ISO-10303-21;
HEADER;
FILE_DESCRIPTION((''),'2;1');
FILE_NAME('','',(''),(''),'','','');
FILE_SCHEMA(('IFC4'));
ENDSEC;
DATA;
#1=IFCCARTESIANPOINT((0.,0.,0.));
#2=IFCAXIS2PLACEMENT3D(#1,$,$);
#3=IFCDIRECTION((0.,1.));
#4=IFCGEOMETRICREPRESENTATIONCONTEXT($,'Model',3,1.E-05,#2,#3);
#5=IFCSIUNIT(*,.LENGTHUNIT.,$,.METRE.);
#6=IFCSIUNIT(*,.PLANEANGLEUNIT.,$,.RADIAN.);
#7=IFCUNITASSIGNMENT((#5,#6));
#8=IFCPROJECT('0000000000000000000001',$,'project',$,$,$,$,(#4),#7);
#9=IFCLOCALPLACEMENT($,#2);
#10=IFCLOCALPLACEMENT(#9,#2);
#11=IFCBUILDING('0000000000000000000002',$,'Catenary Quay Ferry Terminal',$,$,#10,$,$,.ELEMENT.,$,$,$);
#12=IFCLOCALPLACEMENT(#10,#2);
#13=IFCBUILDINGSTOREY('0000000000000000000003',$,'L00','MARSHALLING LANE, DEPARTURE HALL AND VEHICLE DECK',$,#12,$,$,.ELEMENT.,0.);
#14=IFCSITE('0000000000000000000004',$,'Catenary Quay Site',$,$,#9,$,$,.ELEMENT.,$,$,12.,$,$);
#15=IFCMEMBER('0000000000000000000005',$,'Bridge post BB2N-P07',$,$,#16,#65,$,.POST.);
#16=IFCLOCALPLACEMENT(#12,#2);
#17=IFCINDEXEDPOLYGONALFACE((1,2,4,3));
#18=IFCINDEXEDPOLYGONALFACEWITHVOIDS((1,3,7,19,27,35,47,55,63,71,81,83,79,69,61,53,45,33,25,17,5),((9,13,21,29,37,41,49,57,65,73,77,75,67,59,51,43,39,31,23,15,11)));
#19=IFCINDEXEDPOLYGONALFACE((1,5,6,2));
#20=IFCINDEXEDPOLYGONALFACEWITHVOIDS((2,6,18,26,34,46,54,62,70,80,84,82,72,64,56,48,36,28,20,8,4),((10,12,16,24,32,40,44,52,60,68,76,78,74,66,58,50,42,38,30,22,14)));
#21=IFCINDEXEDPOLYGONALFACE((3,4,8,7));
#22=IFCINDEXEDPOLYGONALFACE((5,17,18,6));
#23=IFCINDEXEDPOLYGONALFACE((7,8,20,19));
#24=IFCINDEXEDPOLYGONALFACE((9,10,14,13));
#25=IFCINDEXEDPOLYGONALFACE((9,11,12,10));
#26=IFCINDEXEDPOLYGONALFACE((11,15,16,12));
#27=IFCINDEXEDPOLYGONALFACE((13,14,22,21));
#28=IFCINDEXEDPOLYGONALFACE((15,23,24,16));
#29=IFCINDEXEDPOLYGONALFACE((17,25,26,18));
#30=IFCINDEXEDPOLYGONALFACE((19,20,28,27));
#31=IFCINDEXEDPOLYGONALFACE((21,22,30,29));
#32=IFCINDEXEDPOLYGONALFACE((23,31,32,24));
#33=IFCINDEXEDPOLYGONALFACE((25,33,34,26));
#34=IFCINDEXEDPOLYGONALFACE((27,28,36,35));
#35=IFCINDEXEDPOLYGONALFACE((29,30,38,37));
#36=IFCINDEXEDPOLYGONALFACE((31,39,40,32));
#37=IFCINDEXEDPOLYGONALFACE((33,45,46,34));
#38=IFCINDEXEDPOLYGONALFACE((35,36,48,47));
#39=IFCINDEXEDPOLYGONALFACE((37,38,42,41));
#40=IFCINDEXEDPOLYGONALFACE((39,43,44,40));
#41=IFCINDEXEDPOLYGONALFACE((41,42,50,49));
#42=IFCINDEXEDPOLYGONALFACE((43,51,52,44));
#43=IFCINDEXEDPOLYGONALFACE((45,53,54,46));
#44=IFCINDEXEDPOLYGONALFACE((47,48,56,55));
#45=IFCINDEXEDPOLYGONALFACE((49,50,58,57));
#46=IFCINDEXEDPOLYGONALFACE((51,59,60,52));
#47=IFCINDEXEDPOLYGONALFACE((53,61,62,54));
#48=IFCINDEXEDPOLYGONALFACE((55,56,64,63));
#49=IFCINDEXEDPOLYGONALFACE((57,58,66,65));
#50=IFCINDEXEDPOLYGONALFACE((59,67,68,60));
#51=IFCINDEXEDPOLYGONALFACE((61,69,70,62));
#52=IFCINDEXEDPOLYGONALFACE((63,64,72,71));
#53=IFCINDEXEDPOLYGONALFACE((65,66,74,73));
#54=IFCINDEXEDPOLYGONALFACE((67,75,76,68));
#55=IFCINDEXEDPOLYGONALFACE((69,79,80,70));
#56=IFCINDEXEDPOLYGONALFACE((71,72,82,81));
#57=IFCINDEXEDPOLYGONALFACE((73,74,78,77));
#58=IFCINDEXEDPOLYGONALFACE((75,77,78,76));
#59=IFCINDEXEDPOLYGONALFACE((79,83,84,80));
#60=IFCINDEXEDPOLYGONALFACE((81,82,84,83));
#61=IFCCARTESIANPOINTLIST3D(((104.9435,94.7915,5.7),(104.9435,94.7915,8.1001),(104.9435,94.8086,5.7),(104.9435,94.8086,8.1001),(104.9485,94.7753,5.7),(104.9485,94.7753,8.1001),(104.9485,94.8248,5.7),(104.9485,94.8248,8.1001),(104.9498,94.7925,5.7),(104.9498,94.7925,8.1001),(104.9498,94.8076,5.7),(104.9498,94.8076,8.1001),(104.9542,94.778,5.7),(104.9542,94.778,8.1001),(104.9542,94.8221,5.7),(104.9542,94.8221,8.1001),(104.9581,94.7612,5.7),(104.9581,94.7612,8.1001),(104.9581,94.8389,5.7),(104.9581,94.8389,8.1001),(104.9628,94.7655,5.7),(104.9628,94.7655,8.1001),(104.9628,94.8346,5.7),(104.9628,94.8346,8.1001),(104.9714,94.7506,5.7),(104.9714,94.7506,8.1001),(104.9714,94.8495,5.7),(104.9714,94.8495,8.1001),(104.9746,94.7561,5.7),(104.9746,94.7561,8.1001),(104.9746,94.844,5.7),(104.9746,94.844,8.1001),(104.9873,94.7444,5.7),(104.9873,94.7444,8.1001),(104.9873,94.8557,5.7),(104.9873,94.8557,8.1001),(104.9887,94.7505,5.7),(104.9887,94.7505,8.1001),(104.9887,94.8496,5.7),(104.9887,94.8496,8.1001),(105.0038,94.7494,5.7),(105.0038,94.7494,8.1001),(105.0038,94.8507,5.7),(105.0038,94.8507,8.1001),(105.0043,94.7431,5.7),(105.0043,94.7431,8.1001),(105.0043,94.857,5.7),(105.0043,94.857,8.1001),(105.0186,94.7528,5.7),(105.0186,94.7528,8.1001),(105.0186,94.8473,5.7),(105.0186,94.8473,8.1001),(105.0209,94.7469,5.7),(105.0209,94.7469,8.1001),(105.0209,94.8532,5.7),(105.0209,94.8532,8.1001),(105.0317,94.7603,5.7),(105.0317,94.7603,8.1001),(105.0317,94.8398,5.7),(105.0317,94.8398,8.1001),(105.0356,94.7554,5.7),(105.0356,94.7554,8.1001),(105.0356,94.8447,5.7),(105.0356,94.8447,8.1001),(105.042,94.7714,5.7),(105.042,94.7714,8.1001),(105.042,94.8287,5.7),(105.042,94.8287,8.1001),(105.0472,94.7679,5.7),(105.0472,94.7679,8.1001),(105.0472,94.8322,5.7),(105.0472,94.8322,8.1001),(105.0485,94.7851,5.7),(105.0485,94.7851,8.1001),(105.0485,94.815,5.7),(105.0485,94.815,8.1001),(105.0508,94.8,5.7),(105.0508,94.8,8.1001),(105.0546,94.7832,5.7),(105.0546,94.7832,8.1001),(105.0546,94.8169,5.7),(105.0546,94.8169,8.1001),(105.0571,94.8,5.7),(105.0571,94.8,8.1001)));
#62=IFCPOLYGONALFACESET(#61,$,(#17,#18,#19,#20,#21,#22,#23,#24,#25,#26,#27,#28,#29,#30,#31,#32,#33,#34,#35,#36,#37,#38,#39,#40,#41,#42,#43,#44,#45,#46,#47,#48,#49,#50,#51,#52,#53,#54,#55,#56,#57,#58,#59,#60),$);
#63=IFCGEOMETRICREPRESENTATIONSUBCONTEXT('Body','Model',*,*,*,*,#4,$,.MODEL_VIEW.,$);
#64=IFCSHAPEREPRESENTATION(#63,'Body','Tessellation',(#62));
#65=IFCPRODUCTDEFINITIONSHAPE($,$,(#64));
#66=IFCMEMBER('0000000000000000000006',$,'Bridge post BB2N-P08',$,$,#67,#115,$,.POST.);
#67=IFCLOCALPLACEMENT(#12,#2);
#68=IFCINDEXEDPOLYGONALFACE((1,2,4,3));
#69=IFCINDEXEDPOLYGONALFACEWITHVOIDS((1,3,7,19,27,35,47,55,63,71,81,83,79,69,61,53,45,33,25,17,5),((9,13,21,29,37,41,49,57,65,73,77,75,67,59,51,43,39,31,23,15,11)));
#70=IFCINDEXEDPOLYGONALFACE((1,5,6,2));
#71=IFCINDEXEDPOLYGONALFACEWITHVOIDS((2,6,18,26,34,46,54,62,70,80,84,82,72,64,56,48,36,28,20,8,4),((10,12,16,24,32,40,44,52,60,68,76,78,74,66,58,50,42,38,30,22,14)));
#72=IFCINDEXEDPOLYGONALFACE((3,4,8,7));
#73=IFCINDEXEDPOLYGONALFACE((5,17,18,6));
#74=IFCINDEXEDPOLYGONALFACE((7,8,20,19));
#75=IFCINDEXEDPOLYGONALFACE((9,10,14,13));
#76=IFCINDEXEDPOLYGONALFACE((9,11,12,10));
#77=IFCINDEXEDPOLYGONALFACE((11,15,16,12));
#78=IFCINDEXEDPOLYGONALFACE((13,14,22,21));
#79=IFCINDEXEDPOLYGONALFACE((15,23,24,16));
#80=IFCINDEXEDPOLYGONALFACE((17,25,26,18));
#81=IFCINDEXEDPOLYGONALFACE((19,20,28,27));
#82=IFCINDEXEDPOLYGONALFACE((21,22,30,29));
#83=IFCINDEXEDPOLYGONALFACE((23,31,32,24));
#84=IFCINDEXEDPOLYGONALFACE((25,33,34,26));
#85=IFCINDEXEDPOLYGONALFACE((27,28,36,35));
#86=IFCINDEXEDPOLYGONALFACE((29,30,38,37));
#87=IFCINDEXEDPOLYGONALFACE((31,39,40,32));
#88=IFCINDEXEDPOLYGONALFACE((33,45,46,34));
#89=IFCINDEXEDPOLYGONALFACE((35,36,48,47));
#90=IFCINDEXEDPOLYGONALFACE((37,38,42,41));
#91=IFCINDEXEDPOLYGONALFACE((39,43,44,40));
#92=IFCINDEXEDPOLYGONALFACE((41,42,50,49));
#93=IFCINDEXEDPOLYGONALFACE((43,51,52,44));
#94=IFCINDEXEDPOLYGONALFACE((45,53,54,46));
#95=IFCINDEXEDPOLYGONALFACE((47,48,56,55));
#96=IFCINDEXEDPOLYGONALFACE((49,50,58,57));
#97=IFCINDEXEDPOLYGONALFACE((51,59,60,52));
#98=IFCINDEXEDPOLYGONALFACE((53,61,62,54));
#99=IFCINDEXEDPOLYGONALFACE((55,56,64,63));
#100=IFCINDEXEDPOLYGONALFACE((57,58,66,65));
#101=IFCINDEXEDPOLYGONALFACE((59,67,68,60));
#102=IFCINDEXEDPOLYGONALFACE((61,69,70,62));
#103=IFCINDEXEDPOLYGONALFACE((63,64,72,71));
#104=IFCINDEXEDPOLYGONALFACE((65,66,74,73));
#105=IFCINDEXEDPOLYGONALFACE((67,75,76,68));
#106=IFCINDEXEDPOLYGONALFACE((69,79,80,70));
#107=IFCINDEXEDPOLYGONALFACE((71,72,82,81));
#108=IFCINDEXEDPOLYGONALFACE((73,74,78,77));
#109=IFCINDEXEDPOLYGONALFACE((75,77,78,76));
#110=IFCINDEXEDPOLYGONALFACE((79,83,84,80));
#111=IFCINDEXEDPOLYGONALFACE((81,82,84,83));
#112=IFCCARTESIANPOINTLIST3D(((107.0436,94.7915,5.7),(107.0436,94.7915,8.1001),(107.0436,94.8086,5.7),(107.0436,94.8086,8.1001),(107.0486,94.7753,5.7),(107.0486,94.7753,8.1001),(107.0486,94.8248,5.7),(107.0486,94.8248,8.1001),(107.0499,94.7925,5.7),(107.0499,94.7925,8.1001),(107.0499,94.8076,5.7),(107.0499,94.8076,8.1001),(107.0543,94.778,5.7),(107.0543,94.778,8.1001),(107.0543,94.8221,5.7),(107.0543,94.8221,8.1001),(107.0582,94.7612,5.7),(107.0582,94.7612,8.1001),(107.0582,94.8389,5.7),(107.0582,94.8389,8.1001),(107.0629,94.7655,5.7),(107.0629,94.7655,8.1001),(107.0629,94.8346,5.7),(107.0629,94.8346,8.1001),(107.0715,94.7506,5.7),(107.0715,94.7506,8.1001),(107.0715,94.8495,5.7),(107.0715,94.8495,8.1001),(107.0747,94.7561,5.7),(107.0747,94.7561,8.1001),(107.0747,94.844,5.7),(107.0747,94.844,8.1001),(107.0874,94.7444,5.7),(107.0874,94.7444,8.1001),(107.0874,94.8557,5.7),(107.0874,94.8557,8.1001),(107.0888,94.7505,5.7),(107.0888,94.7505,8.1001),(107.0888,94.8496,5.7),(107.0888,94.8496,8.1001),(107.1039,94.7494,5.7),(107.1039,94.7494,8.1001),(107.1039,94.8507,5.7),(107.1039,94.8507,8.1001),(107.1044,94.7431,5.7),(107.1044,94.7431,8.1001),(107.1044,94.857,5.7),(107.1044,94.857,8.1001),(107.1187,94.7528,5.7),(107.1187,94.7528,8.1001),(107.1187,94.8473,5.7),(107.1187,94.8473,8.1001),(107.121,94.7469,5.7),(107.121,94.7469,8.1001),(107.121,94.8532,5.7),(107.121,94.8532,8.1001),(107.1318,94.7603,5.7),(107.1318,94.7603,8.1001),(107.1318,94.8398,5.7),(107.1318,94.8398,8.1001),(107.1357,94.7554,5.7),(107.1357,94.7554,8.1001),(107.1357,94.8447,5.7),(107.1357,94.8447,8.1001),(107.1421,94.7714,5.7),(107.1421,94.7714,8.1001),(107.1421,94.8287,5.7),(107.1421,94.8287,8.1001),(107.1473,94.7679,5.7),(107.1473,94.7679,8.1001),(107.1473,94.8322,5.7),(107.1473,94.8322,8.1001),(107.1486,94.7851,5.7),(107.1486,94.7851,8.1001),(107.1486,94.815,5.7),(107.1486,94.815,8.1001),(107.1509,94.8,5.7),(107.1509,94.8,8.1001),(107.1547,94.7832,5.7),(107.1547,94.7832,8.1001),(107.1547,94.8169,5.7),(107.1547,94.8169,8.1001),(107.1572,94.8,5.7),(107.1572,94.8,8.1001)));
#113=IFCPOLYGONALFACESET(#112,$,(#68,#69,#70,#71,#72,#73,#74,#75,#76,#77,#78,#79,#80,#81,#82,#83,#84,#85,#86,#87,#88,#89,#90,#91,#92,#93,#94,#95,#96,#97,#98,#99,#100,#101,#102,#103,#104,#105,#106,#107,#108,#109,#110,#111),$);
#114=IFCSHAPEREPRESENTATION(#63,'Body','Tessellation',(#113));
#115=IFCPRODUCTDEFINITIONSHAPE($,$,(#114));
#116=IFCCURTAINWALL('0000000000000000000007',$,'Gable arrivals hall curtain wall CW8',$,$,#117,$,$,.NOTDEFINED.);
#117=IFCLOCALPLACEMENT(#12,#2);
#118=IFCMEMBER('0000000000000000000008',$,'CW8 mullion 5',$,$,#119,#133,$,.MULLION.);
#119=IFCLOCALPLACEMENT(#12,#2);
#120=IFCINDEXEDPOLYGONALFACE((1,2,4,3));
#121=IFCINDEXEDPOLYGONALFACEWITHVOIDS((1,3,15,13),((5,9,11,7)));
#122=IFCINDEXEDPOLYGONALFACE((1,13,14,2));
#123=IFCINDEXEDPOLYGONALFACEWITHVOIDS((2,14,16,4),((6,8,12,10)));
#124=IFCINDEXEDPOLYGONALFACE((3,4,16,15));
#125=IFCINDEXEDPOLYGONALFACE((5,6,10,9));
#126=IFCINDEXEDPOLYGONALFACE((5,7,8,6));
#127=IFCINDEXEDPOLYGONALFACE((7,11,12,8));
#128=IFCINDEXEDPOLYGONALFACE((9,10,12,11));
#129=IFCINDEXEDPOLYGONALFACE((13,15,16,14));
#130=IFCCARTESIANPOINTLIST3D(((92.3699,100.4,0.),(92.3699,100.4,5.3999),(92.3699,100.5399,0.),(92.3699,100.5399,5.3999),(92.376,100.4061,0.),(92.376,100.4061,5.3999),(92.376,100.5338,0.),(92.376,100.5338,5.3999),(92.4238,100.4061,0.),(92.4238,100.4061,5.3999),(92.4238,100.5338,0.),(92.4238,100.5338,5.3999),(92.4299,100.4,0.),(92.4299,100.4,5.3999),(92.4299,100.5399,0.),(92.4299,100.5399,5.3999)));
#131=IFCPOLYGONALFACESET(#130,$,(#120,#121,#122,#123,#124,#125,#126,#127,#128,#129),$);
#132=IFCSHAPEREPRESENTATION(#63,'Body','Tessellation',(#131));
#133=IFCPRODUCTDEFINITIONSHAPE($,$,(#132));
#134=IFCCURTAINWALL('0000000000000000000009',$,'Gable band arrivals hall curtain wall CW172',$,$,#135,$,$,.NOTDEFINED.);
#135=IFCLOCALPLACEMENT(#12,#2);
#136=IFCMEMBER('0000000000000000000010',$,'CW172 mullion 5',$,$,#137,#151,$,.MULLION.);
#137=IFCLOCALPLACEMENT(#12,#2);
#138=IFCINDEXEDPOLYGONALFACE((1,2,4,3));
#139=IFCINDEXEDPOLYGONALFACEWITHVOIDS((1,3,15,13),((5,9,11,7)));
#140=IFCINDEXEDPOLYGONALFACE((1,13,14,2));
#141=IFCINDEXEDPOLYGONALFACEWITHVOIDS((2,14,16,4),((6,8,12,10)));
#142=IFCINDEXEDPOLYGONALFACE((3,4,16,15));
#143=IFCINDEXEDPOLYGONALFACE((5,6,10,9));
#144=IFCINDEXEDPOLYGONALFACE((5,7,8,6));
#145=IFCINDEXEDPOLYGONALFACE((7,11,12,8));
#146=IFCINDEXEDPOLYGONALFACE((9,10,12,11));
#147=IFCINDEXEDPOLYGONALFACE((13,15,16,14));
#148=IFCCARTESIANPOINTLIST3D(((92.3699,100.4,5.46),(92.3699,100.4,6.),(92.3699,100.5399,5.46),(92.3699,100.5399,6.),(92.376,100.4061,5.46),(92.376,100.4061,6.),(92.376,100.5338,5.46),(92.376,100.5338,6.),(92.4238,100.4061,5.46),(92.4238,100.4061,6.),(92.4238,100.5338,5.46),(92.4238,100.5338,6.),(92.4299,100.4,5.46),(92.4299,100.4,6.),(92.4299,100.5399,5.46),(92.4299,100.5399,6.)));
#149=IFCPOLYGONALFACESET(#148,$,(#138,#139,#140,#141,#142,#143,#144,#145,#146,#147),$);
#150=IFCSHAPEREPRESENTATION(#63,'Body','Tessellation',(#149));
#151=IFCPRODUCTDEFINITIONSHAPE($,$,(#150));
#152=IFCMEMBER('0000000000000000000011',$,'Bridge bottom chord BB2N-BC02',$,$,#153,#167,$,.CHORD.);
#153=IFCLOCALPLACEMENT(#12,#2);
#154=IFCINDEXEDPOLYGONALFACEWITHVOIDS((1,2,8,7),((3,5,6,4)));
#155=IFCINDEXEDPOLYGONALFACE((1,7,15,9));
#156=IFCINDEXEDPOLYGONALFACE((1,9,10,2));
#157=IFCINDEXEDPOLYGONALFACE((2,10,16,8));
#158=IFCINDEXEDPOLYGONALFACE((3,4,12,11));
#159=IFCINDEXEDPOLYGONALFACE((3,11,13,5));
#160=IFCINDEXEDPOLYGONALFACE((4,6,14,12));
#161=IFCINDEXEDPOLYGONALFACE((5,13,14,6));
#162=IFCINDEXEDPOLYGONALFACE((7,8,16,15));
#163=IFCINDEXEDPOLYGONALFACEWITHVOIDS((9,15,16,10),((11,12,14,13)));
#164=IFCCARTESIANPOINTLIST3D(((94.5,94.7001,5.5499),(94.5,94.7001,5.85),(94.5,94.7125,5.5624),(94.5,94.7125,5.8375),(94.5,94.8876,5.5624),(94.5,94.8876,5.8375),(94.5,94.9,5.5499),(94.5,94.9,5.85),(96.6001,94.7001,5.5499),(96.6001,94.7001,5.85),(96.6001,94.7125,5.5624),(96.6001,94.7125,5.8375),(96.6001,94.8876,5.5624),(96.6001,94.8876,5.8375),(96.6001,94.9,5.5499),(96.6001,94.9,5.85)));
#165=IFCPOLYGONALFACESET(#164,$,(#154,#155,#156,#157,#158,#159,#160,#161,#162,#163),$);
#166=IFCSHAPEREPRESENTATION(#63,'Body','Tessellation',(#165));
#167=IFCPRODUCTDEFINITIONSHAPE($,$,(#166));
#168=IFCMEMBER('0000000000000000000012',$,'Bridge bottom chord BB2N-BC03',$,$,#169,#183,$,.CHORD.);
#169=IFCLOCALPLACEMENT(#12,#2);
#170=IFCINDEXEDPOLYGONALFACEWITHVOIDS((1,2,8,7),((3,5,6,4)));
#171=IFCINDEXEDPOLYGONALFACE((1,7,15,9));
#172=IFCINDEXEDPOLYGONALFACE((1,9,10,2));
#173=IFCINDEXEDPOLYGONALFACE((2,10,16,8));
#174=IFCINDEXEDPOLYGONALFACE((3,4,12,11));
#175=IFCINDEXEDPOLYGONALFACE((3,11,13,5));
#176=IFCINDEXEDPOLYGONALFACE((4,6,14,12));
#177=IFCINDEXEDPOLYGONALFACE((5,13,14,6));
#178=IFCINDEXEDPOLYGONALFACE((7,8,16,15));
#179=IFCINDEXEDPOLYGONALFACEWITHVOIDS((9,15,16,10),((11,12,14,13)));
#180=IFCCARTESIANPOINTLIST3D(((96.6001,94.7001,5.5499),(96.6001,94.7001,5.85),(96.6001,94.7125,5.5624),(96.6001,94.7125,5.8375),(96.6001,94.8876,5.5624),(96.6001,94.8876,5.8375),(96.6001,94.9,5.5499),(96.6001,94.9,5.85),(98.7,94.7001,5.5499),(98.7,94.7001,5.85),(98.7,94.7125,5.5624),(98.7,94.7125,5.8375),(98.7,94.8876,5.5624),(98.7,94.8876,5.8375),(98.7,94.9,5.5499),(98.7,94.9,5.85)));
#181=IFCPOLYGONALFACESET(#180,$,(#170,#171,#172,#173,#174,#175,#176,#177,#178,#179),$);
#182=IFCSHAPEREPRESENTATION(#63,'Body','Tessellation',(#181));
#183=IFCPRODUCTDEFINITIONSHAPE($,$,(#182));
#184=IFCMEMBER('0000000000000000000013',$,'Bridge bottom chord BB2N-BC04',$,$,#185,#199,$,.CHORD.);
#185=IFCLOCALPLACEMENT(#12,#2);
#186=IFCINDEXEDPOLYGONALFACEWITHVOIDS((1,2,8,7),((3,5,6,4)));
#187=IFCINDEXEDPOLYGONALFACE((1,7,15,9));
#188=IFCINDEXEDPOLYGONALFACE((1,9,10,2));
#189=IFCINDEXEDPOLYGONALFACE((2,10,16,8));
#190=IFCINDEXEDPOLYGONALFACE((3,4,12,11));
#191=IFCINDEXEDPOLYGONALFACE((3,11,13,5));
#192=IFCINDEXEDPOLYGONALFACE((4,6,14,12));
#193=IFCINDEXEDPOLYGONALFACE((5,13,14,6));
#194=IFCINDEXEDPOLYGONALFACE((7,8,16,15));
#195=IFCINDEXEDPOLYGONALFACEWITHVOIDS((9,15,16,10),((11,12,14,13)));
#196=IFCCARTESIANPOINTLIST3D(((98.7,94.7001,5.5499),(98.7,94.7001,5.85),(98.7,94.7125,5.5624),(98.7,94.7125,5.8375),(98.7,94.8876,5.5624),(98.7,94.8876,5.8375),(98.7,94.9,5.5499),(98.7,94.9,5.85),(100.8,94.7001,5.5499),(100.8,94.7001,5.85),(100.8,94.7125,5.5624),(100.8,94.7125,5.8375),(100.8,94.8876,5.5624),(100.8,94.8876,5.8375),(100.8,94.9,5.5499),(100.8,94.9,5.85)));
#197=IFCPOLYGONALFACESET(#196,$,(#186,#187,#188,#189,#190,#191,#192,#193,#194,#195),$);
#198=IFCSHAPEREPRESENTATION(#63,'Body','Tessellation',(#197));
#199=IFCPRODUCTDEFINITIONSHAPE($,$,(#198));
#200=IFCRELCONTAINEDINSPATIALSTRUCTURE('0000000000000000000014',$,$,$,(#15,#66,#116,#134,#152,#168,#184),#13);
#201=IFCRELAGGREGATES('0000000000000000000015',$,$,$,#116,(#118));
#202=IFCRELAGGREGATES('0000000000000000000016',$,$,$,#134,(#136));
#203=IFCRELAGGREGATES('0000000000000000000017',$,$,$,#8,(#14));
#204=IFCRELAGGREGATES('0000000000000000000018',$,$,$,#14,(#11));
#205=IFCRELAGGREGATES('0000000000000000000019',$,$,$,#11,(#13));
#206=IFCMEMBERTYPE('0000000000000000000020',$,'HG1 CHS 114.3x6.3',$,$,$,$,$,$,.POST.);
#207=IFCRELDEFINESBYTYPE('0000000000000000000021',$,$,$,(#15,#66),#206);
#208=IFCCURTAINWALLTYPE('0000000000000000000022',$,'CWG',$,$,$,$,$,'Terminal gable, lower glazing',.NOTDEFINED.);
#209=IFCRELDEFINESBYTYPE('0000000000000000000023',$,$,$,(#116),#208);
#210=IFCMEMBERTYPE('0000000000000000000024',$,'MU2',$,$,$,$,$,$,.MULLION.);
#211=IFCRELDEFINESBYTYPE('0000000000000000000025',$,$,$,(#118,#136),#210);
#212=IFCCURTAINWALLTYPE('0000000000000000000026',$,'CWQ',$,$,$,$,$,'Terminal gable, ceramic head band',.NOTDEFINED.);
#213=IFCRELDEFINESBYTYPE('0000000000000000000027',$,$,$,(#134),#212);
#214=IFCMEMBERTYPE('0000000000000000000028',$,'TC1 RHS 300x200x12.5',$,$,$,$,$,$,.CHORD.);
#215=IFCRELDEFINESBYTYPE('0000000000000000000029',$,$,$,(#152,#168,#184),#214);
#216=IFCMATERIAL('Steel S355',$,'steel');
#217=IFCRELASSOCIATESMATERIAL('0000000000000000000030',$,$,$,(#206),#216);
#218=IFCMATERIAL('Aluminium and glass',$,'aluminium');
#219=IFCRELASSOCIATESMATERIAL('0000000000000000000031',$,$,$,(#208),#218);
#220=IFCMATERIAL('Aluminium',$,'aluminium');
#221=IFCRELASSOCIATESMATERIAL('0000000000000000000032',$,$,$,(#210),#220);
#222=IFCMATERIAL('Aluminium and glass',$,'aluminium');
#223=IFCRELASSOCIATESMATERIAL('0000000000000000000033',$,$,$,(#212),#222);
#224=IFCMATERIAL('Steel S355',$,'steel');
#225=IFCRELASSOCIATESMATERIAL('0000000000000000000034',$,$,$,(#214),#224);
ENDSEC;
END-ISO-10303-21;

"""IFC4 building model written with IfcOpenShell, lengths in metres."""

from ifc_helpers import new_model, si_unit, direction, frame, origin, origin_2d, place, context, subcontext, project, spatial, hollow_rectangle, hollow_circle, extrude, material, material_profile, profile_set, type_object, element, aggregate, save


model = new_model("IFC4")

# Units and contexts
model_context = context("Model", 3, precision=1e-05, world=origin(), true_north=direction((0.0, 1.0)))
body_context = subcontext(model_context, "Body", "Model", "MODEL_VIEW")
ifc_project = project(units=[si_unit("LENGTHUNIT", "METRE"), si_unit("PLANEANGLEUNIT", "RADIAN")], contexts=[model_context])

# Site, building, storey
site_placement = place(None, origin())
site = spatial("IfcSite", under=ifc_project, at=site_placement, Name="Catenary Quay Site", CompositionType="ELEMENT", RefElevation=12.0)
building_placement = place(site_placement, origin())
building = spatial("IfcBuilding", under=site, at=building_placement, Name="Catenary Quay Ferry Terminal", CompositionType="ELEMENT")
storey_placement = place(building_placement, origin())
storey = spatial("IfcBuildingStorey", under=building, at=storey_placement, Name="L00", Description="MARSHALLING LANE, DEPARTURE HALL AND VEHICLE DECK", CompositionType="ELEMENT", Elevation=0.0)

# Members
ifc_material_1 = material(Name="Steel S355", Category="steel")
ifc_material_profile_1 = material_profile(ifc_material_1, hollow_circle(Radius=0.0571, WallThickness=0.0063, at=origin_2d()), Name="CHS 114.3x6.3")
ifc_profile_set_1 = profile_set([ifc_material_profile_1], Name="Steel S355")
member_type_1 = type_object("IfcMemberType", Name="HG1 CHS 114.3x6.3", PredefinedType="POST", material=ifc_profile_set_1)
for number, where, z_axis, x_axis, name in (
    (1, (105.0, 94.8, 5.7), (0.0, 0.0, 1.0), (1.0, 0.0, 0.0), "Bridge post BB2N-P07"),
    (2, (107.1001, 94.8, 5.7), (0.0, 0.0, 1.0), (1.0, 0.0, 0.0), "Bridge post BB2N-P08"),
):
    element("IfcMember", number, at=place(storey_placement, frame(where, z_axis=z_axis, x_axis=x_axis)), inside=storey, type_object=member_type_1, Name=name, PredefinedType="POST", context=body_context, shape_type="SweptSolid", body=[
        extrude(hollow_circle(Radius=0.0571, WallThickness=0.0063, at=origin_2d()), origin(), (0.0, 0.0, 1.0), 2.4001),
    ])

# Curtain walls, members
ifc_material_2 = material(Name="Aluminium and glass", Category="aluminium")
curtain_wall_type_1 = type_object("IfcCurtainWallType", Name="CWG", ElementType="Terminal gable, lower glazing", PredefinedType="NOTDEFINED", material=ifc_material_2)
curtain_wall_1_placement = place(storey_placement, origin())
curtain_wall_1 = element("IfcCurtainWall", 3, at=curtain_wall_1_placement, inside=storey, type_object=curtain_wall_type_1, Name="Gable arrivals hall curtain wall CW8", PredefinedType="NOTDEFINED")
ifc_material_3 = material(Name="Aluminium", Category="aluminium")
ifc_material_profile_2 = material_profile(ifc_material_3, hollow_rectangle(XDim=0.0601, YDim=0.1399, WallThickness=0.0061, at=origin_2d()), Name="MU2")
ifc_profile_set_2 = profile_set([ifc_material_profile_2], Name="Aluminium")
member_type_2 = type_object("IfcMemberType", Name="MU2", PredefinedType="MULLION", material=ifc_profile_set_2)
member_1_placement = place(storey_placement, frame((92.3999, 100.47, 0.0), z_axis=(0.0, 0.0, 1.0), x_axis=(-1.0, 0.0, 0.0)))
member_1 = element("IfcMember", 4, at=member_1_placement, type_object=member_type_2, Name="CW8 mullion 5", PredefinedType="MULLION", context=body_context, shape_type="SweptSolid", body=[
    extrude(hollow_rectangle(XDim=0.0601, YDim=0.1399, WallThickness=0.0061, at=origin_2d()), origin(), (0.0, 0.0, 1.0), 5.3999),
])
ifc_material_4 = material(Name="Aluminium and glass", Category="aluminium")
curtain_wall_type_2 = type_object("IfcCurtainWallType", Name="CWQ", ElementType="Terminal gable, ceramic head band", PredefinedType="NOTDEFINED", material=ifc_material_4)
curtain_wall_2_placement = place(storey_placement, origin())
curtain_wall_2 = element("IfcCurtainWall", 5, at=curtain_wall_2_placement, inside=storey, type_object=curtain_wall_type_2, Name="Gable band arrivals hall curtain wall CW172", PredefinedType="NOTDEFINED")
member_2_placement = place(storey_placement, frame((92.3999, 100.47, 5.46), z_axis=(0.0, 0.0, 1.0), x_axis=(-1.0, 0.0, 0.0)))
member_2 = element("IfcMember", 6, at=member_2_placement, type_object=member_type_2, Name="CW172 mullion 5", PredefinedType="MULLION", context=body_context, shape_type="SweptSolid", body=[
    extrude(hollow_rectangle(XDim=0.0601, YDim=0.1399, WallThickness=0.0061, at=origin_2d()), origin(), (0.0, 0.0, 1.0), 0.54),
])

# Members
ifc_material_5 = material(Name="Steel S355", Category="steel")
ifc_material_profile_3 = material_profile(ifc_material_5, hollow_rectangle(XDim=0.2, YDim=0.3, WallThickness=0.0125, at=origin_2d()), Name="RHS 300x200x12.5")
ifc_profile_set_3 = profile_set([ifc_material_profile_3], Name="Steel S355")
member_type_3 = type_object("IfcMemberType", Name="TC1 RHS 300x200x12.5", PredefinedType="CHORD", material=ifc_profile_set_3)
member_3_placement = place(storey_placement, frame((94.5, 94.8, 5.7), z_axis=(1.0, 0.0, 0.0), x_axis=(0.0, 1.0, 0.0)))
element("IfcMember", 7, at=member_3_placement, inside=storey, type_object=member_type_3, Name="Bridge bottom chord BB2N-BC02", PredefinedType="CHORD", context=body_context, shape_type="SweptSolid", body=[
    extrude(hollow_rectangle(XDim=0.2, YDim=0.3, WallThickness=0.0125, at=origin_2d()), origin(), (0.0, 0.0, 1.0), 2.1001),
])
member_4_placement = place(storey_placement, frame((96.6001, 94.8, 5.7), z_axis=(1.0, 0.0, 0.0), x_axis=(0.0, 1.0, 0.0)))
element("IfcMember", 8, at=member_4_placement, inside=storey, type_object=member_type_3, Name="Bridge bottom chord BB2N-BC03", PredefinedType="CHORD", context=body_context, shape_type="SweptSolid", body=[
    extrude(hollow_rectangle(XDim=0.2, YDim=0.3, WallThickness=0.0125, at=origin_2d()), origin(), (0.0, 0.0, 1.0), 2.0999),
])
member_5_placement = place(storey_placement, frame((98.7, 94.8, 5.7), z_axis=(1.0, 0.0, 0.0), x_axis=(0.0, 1.0, 0.0)))
element("IfcMember", 9, at=member_5_placement, inside=storey, type_object=member_type_3, Name="Bridge bottom chord BB2N-BC04", PredefinedType="CHORD", context=body_context, shape_type="SweptSolid", body=[
    extrude(hollow_rectangle(XDim=0.2, YDim=0.3, WallThickness=0.0125, at=origin_2d()), origin(), (0.0, 0.0, 1.0), 2.1001),
])

aggregate(curtain_wall_1, [member_1])
aggregate(curtain_wall_2, [member_2])

save(model, "model.ifc")
